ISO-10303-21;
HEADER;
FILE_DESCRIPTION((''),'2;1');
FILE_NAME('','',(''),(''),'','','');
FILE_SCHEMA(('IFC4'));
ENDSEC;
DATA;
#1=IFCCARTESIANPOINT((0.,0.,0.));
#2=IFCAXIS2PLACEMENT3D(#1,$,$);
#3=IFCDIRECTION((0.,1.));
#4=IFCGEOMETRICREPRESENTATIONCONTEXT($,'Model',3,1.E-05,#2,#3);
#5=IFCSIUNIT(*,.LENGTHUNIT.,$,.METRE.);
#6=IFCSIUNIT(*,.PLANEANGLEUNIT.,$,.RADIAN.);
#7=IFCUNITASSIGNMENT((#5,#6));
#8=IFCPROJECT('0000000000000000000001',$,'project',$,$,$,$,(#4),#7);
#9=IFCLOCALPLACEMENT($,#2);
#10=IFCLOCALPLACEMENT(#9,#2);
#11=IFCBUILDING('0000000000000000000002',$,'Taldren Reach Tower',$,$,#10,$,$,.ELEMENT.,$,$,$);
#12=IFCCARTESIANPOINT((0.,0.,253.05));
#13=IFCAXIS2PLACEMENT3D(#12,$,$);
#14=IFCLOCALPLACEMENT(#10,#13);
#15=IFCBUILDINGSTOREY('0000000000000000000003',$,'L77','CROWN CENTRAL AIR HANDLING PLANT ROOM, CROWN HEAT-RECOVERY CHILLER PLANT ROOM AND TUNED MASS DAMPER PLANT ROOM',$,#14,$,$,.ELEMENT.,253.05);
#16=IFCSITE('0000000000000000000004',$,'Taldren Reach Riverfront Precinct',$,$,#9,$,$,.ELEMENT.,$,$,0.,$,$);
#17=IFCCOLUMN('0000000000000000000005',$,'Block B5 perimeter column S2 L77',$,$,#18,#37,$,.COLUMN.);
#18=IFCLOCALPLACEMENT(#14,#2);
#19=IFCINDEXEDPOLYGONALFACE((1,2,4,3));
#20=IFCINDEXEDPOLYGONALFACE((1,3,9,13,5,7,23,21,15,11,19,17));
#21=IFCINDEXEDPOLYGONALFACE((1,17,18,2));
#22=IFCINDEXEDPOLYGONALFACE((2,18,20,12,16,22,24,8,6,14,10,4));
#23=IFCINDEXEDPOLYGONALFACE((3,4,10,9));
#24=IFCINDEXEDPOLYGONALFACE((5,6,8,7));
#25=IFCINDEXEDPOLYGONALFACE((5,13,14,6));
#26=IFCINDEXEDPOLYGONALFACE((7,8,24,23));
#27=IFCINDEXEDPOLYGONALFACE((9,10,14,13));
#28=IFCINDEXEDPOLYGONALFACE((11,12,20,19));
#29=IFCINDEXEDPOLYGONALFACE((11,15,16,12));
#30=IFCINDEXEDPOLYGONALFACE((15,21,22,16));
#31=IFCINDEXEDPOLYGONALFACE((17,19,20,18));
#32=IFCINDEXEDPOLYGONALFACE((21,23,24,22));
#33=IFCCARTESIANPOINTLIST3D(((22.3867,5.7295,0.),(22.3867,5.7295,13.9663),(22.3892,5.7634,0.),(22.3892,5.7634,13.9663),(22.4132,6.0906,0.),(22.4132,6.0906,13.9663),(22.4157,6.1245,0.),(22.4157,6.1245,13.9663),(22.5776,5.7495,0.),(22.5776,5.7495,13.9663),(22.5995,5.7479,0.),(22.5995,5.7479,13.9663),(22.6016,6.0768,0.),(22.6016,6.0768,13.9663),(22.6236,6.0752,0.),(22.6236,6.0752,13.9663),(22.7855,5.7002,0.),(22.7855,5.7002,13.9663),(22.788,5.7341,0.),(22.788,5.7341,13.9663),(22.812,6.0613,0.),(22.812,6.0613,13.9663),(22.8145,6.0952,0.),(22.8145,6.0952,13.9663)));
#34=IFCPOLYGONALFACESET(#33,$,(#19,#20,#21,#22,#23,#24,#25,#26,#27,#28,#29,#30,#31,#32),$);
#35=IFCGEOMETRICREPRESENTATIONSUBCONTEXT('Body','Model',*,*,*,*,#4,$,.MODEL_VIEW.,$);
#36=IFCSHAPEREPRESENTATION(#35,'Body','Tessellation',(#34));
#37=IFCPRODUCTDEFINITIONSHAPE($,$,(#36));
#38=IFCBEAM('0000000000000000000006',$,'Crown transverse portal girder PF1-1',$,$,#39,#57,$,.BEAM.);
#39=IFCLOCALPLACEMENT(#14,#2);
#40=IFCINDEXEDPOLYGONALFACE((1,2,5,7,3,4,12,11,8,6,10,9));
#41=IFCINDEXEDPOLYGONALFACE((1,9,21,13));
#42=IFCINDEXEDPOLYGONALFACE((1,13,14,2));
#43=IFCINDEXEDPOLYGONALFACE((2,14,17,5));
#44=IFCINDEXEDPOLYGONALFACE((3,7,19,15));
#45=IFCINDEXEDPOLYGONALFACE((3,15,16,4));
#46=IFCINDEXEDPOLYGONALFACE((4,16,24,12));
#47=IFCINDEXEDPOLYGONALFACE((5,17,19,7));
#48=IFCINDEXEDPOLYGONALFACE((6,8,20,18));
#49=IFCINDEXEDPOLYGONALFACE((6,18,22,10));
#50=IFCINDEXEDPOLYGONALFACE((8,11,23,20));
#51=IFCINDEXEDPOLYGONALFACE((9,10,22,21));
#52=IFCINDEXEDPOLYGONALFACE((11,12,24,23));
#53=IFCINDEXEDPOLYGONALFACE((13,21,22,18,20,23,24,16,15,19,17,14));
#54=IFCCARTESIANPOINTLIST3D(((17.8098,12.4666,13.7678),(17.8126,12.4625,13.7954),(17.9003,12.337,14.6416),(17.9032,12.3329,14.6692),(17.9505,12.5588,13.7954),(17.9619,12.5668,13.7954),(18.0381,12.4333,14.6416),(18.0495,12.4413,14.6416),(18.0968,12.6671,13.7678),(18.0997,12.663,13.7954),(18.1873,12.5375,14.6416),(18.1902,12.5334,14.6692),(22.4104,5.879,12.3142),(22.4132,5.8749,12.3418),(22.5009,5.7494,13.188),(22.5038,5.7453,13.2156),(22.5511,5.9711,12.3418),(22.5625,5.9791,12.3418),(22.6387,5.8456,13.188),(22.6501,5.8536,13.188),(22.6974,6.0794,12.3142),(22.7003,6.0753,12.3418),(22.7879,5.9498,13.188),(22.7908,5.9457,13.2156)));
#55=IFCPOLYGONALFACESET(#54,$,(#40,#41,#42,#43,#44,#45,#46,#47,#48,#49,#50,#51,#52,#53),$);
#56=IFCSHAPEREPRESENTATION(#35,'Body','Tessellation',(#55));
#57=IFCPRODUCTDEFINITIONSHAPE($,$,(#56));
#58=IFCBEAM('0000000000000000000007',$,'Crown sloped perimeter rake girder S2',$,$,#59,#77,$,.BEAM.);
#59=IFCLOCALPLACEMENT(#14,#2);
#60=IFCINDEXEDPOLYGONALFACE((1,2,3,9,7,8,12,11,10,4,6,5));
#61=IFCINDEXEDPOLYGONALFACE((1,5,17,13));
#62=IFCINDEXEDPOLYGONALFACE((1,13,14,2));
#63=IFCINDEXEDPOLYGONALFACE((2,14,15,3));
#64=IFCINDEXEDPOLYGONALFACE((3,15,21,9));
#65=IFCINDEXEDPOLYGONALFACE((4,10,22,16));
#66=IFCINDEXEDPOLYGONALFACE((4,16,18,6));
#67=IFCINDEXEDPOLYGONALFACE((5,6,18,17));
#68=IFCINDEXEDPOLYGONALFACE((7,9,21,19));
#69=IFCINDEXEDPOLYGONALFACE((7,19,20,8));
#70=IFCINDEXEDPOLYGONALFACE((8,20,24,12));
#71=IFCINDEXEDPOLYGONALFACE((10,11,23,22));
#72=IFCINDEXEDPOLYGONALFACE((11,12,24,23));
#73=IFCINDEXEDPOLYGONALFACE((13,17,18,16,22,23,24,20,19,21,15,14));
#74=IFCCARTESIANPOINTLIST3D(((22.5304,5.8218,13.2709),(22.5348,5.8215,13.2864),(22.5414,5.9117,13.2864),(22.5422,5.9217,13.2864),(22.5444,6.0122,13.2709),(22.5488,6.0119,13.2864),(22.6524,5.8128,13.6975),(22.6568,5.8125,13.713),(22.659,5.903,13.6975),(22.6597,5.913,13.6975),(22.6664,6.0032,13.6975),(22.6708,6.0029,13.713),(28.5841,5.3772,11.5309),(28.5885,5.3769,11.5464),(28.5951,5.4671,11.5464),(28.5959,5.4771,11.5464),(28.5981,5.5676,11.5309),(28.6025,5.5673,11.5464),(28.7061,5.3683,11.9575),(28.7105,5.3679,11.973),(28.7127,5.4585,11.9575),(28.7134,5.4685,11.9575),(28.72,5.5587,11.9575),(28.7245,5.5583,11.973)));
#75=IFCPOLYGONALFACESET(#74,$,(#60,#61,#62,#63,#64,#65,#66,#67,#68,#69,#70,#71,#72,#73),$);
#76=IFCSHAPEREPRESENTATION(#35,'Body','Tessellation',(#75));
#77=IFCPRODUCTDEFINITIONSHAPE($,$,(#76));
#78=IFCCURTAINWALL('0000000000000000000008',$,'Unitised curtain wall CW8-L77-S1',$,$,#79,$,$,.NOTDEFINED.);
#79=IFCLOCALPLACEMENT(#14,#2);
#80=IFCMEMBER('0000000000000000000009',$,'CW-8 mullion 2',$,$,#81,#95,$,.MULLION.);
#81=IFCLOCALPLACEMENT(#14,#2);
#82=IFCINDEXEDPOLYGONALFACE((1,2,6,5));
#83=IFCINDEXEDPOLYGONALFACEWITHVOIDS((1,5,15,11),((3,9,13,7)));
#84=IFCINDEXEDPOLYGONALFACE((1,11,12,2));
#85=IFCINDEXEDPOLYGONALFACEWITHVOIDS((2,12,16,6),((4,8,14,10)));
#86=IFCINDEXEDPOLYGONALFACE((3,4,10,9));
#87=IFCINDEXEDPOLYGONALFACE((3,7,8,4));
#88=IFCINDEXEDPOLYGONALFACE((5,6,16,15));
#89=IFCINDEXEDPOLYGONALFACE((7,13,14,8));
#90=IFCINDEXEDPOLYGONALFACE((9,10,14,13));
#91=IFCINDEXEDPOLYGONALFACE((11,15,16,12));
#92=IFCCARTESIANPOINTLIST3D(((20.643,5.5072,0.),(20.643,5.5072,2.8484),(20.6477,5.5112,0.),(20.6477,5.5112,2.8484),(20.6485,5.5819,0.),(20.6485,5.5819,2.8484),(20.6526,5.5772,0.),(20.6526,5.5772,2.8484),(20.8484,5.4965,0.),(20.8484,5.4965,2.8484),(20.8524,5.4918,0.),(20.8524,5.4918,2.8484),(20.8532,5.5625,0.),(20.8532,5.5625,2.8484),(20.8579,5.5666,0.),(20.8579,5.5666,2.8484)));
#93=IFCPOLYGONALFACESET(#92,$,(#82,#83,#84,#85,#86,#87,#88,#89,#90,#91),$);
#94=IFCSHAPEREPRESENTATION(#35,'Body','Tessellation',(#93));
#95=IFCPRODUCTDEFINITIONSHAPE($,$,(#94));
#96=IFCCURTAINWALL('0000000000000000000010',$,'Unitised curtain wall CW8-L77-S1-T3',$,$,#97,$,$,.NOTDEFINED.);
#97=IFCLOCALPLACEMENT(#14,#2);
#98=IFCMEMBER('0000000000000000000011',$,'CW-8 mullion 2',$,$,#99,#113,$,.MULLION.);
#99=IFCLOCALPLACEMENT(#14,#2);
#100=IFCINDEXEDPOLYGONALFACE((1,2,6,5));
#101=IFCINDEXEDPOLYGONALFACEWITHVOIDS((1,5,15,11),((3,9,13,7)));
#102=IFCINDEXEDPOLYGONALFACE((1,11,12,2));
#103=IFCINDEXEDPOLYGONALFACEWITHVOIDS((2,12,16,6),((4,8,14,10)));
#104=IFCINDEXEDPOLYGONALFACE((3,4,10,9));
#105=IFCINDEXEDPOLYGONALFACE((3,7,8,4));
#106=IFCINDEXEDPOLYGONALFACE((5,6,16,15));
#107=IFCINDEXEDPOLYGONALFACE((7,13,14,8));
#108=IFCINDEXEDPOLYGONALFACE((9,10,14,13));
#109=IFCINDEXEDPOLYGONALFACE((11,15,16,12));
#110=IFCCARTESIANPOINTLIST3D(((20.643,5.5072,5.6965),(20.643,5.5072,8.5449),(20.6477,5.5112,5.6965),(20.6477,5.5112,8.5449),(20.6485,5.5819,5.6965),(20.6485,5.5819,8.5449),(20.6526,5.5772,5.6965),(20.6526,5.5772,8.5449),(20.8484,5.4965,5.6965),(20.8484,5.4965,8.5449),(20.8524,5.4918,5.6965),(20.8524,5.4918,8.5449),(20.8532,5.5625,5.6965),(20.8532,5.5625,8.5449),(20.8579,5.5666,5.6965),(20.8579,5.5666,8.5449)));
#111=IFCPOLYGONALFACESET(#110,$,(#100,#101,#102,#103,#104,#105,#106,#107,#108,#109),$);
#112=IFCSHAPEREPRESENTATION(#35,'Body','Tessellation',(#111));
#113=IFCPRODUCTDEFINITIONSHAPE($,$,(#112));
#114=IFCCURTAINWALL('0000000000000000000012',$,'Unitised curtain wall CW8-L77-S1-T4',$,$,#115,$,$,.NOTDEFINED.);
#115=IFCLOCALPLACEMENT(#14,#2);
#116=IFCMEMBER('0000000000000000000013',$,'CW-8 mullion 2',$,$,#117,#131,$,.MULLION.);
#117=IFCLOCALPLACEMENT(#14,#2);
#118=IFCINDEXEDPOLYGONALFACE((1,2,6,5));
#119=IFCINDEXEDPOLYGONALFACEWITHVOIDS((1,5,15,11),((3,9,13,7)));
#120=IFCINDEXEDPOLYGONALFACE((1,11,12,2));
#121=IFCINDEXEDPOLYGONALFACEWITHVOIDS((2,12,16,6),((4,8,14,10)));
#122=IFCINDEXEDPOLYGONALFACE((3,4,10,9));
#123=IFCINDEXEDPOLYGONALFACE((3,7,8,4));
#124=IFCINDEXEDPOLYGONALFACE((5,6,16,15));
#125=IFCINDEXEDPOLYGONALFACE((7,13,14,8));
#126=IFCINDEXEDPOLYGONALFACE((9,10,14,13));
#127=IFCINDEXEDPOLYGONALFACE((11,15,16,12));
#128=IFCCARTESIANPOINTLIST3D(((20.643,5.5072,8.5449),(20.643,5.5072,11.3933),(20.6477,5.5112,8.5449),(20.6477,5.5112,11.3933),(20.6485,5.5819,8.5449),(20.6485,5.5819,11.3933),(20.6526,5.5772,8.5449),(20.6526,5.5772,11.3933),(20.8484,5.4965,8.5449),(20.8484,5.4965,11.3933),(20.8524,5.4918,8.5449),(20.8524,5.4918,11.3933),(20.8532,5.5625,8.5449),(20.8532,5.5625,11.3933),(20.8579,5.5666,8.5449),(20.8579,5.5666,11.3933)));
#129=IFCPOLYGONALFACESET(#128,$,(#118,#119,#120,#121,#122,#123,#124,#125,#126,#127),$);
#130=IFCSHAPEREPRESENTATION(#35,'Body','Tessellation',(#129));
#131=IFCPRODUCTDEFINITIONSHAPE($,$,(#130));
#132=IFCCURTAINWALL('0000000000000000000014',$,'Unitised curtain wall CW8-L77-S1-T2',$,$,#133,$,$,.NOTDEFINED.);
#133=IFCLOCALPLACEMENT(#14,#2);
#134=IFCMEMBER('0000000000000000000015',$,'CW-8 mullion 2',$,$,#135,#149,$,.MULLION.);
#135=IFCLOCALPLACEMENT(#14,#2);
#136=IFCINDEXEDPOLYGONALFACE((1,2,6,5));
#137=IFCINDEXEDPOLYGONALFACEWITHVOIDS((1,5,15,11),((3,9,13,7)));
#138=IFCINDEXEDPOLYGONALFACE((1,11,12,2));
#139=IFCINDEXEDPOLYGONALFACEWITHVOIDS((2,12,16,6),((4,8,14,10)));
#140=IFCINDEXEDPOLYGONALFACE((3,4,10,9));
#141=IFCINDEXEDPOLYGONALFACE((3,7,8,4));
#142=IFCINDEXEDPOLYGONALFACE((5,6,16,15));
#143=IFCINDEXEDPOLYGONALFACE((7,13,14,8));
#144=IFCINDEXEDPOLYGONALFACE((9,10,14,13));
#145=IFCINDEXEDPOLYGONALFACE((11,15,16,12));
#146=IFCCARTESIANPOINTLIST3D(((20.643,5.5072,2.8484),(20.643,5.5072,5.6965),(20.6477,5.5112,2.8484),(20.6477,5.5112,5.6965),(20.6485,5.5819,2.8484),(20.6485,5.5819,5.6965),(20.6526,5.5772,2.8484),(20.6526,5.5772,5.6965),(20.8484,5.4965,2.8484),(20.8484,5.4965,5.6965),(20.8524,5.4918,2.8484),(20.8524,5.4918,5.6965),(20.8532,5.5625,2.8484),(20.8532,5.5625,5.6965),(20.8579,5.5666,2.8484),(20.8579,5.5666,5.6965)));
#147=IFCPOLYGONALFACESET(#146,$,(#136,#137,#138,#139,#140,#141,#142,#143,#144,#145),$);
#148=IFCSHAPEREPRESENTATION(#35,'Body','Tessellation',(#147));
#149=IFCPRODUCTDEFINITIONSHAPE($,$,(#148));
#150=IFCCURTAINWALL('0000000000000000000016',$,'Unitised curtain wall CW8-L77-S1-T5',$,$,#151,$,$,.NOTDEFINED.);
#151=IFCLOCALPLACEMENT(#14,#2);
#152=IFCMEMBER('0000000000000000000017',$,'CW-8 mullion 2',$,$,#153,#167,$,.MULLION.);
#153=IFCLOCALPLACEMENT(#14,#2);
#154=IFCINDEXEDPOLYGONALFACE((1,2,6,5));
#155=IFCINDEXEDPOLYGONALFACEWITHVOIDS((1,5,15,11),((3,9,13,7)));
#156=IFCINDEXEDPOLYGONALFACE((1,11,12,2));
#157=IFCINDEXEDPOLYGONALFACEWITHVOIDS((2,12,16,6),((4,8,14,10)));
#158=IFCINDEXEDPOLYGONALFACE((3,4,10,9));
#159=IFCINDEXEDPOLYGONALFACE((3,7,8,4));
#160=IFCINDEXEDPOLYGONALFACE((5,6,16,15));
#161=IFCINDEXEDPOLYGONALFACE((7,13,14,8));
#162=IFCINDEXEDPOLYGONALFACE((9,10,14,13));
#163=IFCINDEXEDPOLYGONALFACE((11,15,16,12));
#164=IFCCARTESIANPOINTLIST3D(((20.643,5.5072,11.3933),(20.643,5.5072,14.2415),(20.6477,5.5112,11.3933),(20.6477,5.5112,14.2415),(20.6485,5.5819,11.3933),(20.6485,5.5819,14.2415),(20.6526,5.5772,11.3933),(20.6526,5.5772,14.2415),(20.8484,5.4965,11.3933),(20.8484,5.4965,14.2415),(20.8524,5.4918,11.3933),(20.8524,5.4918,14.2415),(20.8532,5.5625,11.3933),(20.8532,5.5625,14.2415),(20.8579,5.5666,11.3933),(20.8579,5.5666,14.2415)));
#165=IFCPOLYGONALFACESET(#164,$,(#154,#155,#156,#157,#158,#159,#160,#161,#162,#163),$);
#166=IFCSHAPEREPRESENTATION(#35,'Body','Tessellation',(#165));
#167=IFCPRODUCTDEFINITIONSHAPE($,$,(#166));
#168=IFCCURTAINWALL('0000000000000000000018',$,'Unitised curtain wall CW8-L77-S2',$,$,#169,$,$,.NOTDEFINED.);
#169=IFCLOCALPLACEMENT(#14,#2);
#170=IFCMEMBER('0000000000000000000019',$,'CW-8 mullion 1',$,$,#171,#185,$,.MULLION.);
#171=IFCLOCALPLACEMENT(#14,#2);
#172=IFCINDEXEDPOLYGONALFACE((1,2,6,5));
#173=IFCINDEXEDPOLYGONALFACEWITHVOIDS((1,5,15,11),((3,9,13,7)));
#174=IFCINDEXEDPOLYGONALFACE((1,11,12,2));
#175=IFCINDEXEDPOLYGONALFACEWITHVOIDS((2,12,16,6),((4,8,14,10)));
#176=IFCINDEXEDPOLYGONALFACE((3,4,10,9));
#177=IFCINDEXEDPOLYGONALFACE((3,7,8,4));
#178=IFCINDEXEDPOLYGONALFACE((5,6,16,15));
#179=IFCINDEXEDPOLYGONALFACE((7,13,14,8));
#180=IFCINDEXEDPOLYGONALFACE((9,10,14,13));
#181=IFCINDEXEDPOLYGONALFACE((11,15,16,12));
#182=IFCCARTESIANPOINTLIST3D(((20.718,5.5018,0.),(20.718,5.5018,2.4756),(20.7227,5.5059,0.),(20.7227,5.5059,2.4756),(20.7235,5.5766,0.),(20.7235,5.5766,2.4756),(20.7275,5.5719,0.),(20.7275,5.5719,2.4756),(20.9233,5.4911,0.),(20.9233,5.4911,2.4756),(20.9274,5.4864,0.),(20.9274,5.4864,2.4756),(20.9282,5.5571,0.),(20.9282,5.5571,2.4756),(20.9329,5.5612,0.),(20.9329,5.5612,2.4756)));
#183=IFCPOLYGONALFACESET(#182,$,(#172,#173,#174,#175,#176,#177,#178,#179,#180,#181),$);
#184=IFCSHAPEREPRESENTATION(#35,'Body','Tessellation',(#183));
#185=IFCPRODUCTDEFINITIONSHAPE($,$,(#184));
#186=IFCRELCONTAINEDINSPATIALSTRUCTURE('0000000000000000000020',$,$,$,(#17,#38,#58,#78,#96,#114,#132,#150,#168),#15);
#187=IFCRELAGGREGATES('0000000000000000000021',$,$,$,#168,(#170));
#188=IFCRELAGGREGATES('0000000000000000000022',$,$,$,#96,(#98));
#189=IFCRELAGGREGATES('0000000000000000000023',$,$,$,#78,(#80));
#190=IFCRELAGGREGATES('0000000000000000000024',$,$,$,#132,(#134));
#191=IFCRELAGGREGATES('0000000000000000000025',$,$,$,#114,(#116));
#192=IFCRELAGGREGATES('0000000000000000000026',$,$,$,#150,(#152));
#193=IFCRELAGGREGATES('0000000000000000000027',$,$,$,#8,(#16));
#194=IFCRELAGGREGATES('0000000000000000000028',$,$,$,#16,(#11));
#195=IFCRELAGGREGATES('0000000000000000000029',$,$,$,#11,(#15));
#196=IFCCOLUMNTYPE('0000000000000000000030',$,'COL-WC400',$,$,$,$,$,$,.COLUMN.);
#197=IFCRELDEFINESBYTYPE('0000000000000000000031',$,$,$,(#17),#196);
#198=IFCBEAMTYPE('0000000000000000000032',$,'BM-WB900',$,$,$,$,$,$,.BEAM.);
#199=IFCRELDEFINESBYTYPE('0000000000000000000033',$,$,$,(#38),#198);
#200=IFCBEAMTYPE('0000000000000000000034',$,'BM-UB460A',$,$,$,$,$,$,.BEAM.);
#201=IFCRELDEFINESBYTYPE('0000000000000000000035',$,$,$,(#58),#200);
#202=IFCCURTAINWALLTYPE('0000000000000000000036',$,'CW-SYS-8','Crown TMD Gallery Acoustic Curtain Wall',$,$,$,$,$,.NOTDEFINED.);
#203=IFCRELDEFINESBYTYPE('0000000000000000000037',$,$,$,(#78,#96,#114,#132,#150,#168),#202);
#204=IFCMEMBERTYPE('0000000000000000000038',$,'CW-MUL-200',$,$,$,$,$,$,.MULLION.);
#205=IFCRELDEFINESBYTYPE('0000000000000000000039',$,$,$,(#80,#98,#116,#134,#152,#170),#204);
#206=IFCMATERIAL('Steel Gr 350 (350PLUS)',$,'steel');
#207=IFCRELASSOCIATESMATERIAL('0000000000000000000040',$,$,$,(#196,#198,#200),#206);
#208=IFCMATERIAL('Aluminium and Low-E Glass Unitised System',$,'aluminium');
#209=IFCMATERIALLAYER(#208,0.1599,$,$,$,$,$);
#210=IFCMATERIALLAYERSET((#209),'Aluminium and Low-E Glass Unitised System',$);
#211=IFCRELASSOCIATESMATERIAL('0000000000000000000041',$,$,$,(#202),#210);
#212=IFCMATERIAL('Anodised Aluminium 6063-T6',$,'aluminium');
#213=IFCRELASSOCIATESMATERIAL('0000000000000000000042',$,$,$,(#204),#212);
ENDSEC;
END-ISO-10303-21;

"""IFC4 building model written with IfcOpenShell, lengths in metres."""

from ifc_helpers import new_model, si_unit, direction, frame, origin, origin_2d, place, context, subcontext, project, spatial, hollow_rectangle, i_section, extrude, source, transform, mapped, material, layer, layer_set, material_profile, profile_set, type_object, element, aggregate, save


model = new_model("IFC4")

# Units and contexts
model_context = context("Model", 3, precision=1e-05, world=origin(), true_north=direction((0.0, 1.0)))
body_context = subcontext(model_context, "Body", "Model", "MODEL_VIEW")
ifc_project = project(units=[si_unit("LENGTHUNIT", "METRE"), si_unit("PLANEANGLEUNIT", "RADIAN")], contexts=[model_context])

# Site, building, storey
site_placement = place(None, origin())
site = spatial("IfcSite", under=ifc_project, at=site_placement, Name="Taldren Reach Riverfront Precinct", CompositionType="ELEMENT", RefElevation=0.0)
building_placement = place(site_placement, origin())
building = spatial("IfcBuilding", under=site, at=building_placement, Name="Taldren Reach Tower", CompositionType="ELEMENT")
storey_placement = place(building_placement, frame((0.0, 0.0, 253.05)))
storey = spatial("IfcBuildingStorey", under=building, at=storey_placement, Name="L77", Description="CROWN CENTRAL AIR HANDLING PLANT ROOM, CROWN HEAT-RECOVERY CHILLER PLANT ROOM AND TUNED MASS DAMPER PLANT ROOM", CompositionType="ELEMENT", Elevation=253.05)

# Column
ifc_material_1 = material(Name="Steel Gr 350 (350PLUS)", Category="steel")
ifc_material_profile_1 = material_profile(ifc_material_1, i_section(OverallWidth=0.3999, OverallDepth=0.396, WebThickness=0.022, FlangeThickness=0.0339, at=origin_2d()), Name="400WC270")
ifc_profile_set_1 = profile_set([ifc_material_profile_1], Name="Steel Gr 350 (350PLUS)")
column_type = type_object("IfcColumnType", Name="COL-WC400", PredefinedType="COLUMN", material=ifc_profile_set_1)
shared_shape_1 = source(origin(), body_context, "Body", "SweptSolid", [
    extrude(i_section(OverallWidth=0.3999, OverallDepth=0.396, WebThickness=0.022, FlangeThickness=0.0339, at=origin_2d()), origin(), (0.0, 0.0, 1.0), 13.9663),
])
column_placement = place(storey_placement, frame((22.6006, 5.9124, 0.0), z_axis=(0.0, 0.0, 1.0), x_axis=(0.997314, -0.073238, 0.0)))
element("IfcColumn", 1, at=column_placement, inside=storey, type_object=column_type, Name="Block B5 perimeter column S2 L77", PredefinedType="COLUMN", context=body_context, shape_type="MappedRepresentation", body=[
    mapped(shared_shape_1, transform((0.0, 0.0, 0.0), scale=1.0)),
])

# Beams
ifc_material_profile_2 = material_profile(ifc_material_1, i_section(OverallWidth=0.3501, OverallDepth=0.916, WebThickness=0.0139, FlangeThickness=0.0281, at=origin_2d()), Name="900WB257")
ifc_profile_set_2 = profile_set([ifc_material_profile_2], Name="Steel Gr 350 (350PLUS)")
beam_type_1 = type_object("IfcBeamType", Name="BM-WB900", PredefinedType="BEAM", material=ifc_profile_set_2)
shared_shape_2 = source(origin(), body_context, "Body", "SweptSolid", [
    extrude(i_section(OverallWidth=0.3501, OverallDepth=0.916, WebThickness=0.0139, FlangeThickness=0.0281, at=origin_2d()), origin(), (0.0, 0.0, 1.0), 8.1655),
])
beam_1_placement = place(storey_placement, frame((22.6006, 5.9124, 12.7649), z_axis=(-0.563417, 0.806765, 0.178019), x_axis=(-0.819861, -0.572563, 0.0)))
element("IfcBeam", 2, at=beam_1_placement, inside=storey, type_object=beam_type_1, Name="Crown transverse portal girder PF1-1", PredefinedType="BEAM", context=body_context, shape_type="MappedRepresentation", body=[
    mapped(shared_shape_2, transform((0.0, 0.0, 0.0), scale=1.0)),
])
ifc_material_profile_3 = material_profile(ifc_material_1, i_section(OverallWidth=0.1909, OverallDepth=0.46, WebThickness=0.01, FlangeThickness=0.0161, at=origin_2d()), Name="460UB82.1")
ifc_profile_set_3 = profile_set([ifc_material_profile_3], Name="Steel Gr 350 (350PLUS)")
beam_type_2 = type_object("IfcBeamType", Name="BM-UB460A", PredefinedType="BEAM", material=ifc_profile_set_3)
shared_shape_3 = source(origin(), body_context, "Body", "SweptSolid", [
    extrude(i_section(OverallWidth=0.1909, OverallDepth=0.46, WebThickness=0.01, FlangeThickness=0.0161, at=origin_2d()), origin(), (0.0, 0.0, 1.0), 6.3145),
])
beam_2_placement = place(storey_placement, frame((22.6006, 5.9124, 13.4919), z_axis=(0.958703, -0.070406, -0.275556), x_axis=(0.073242, 0.997314, 0.0)))
element("IfcBeam", 3, at=beam_2_placement, inside=storey, type_object=beam_type_2, Name="Crown sloped perimeter rake girder S2", PredefinedType="BEAM", context=body_context, shape_type="MappedRepresentation", body=[
    mapped(shared_shape_3, transform((0.0, 0.0, 0.0), scale=1.0)),
])

# Curtain walls, members
ifc_material_2 = material(Name="Aluminium and Low-E Glass Unitised System", Category="aluminium")
ifc_layer_1 = layer(ifc_material_2, 0.1599)
ifc_layer_set_1 = layer_set([ifc_layer_1], Name="Aluminium and Low-E Glass Unitised System")
curtain_wall_type = type_object("IfcCurtainWallType", Name="CW-SYS-8", Description="Crown TMD Gallery Acoustic Curtain Wall", PredefinedType="NOTDEFINED", material=ifc_layer_set_1)
curtain_wall_1_placement = place(storey_placement, origin())
curtain_wall_1 = element("IfcCurtainWall", 4, at=curtain_wall_1_placement, inside=storey, type_object=curtain_wall_type, Name="Unitised curtain wall CW8-L77-S1", PredefinedType="NOTDEFINED")
ifc_material_3 = material(Name="Anodised Aluminium 6063-T6", Category="aluminium")
ifc_material_profile_4 = material_profile(ifc_material_3, hollow_rectangle(XDim=0.075, YDim=0.21, WallThickness=0.0044, at=origin_2d()), Name="ALU-210x75x4.5RHS")
ifc_profile_set_4 = profile_set([ifc_material_profile_4], Name="Anodised Aluminium 6063-T6")
member_type_1 = type_object("IfcMemberType", Name="CW-MUL-200", PredefinedType="MULLION", material=ifc_profile_set_4)
shared_shape_4 = source(origin(), body_context, "Body", "SweptSolid", [
    extrude(hollow_rectangle(XDim=0.075, YDim=0.21, WallThickness=0.0044, at=origin_2d()), origin(), (0.0, 0.0, 1.0), 2.8484),
])
member_1_placement = place(storey_placement, frame((20.7505, 5.5369, 0.0), z_axis=(0.0, 0.0, 1.0), x_axis=(0.073239, 0.997314, 0.0)))
member_1 = element("IfcMember", 5, at=member_1_placement, type_object=member_type_1, Name="CW-8 mullion 2", PredefinedType="MULLION", context=body_context, shape_type="MappedRepresentation", body=[
    mapped(shared_shape_4, transform((0.0, 0.0, 0.0), scale=1.0)),
])
curtain_wall_2_placement = place(storey_placement, origin())
curtain_wall_2 = element("IfcCurtainWall", 6, at=curtain_wall_2_placement, inside=storey, type_object=curtain_wall_type, Name="Unitised curtain wall CW8-L77-S1-T3", PredefinedType="NOTDEFINED")
member_2_placement = place(storey_placement, frame((20.7505, 5.5369, 5.6965), z_axis=(0.0, 0.0, 1.0), x_axis=(0.073239, 0.997314, 0.0)))
member_2 = element("IfcMember", 7, at=member_2_placement, type_object=member_type_1, Name="CW-8 mullion 2", PredefinedType="MULLION", context=body_context, shape_type="MappedRepresentation", body=[
    mapped(shared_shape_4, transform((0.0, 0.0, 0.0), scale=1.0)),
])
curtain_wall_3_placement = place(storey_placement, origin())
curtain_wall_3 = element("IfcCurtainWall", 8, at=curtain_wall_3_placement, inside=storey, type_object=curtain_wall_type, Name="Unitised curtain wall CW8-L77-S1-T4", PredefinedType="NOTDEFINED")
member_3_placement = place(storey_placement, frame((20.7505, 5.5369, 8.5449), z_axis=(0.0, 0.0, 1.0), x_axis=(0.073239, 0.997314, 0.0)))
member_3 = element("IfcMember", 9, at=member_3_placement, type_object=member_type_1, Name="CW-8 mullion 2", PredefinedType="MULLION", context=body_context, shape_type="MappedRepresentation", body=[
    mapped(shared_shape_4, transform((0.0, 0.0, 0.0), scale=1.0)),
])
curtain_wall_4_placement = place(storey_placement, origin())
curtain_wall_4 = element("IfcCurtainWall", 10, at=curtain_wall_4_placement, inside=storey, type_object=curtain_wall_type, Name="Unitised curtain wall CW8-L77-S1-T2", PredefinedType="NOTDEFINED")
shared_shape_5 = source(origin(), body_context, "Body", "SweptSolid", [
    extrude(hollow_rectangle(XDim=0.075, YDim=0.21, WallThickness=0.0044, at=origin_2d()), origin(), (0.0, 0.0, 1.0), 2.8481),
])
member_4_placement = place(storey_placement, frame((20.7505, 5.5369, 2.8484), z_axis=(0.0, 0.0, 1.0), x_axis=(0.073239, 0.997314, 0.0)))
member_4 = element("IfcMember", 11, at=member_4_placement, type_object=member_type_1, Name="CW-8 mullion 2", PredefinedType="MULLION", context=body_context, shape_type="MappedRepresentation", body=[
    mapped(shared_shape_5, transform((0.0, 0.0, 0.0), scale=1.0)),
])
curtain_wall_5_placement = place(storey_placement, origin())
curtain_wall_5 = element("IfcCurtainWall", 12, at=curtain_wall_5_placement, inside=storey, type_object=curtain_wall_type, Name="Unitised curtain wall CW8-L77-S1-T5", PredefinedType="NOTDEFINED")
member_5_placement = place(storey_placement, frame((20.7505, 5.5369, 11.3933), z_axis=(0.0, 0.0, 1.0), x_axis=(0.073239, 0.997314, 0.0)))
member_5 = element("IfcMember", 13, at=member_5_placement, type_object=member_type_1, Name="CW-8 mullion 2", PredefinedType="MULLION", context=body_context, shape_type="MappedRepresentation", body=[
    mapped(shared_shape_5, transform((0.0, 0.0, 0.0), scale=1.0)),
])
curtain_wall_6_placement = place(storey_placement, origin())
curtain_wall_6 = element("IfcCurtainWall", 14, at=curtain_wall_6_placement, inside=storey, type_object=curtain_wall_type, Name="Unitised curtain wall CW8-L77-S2", PredefinedType="NOTDEFINED")
shared_shape_6 = source(origin(), body_context, "Body", "SweptSolid", [
    extrude(hollow_rectangle(XDim=0.075, YDim=0.21, WallThickness=0.0044, at=origin_2d()), origin(), (0.0, 0.0, 1.0), 2.4756),
])
member_6_placement = place(storey_placement, frame((20.8254, 5.5315, 0.0), z_axis=(0.0, 0.0, 1.0), x_axis=(0.073238, 0.997314, 0.0)))
member_6 = element("IfcMember", 15, at=member_6_placement, type_object=member_type_1, Name="CW-8 mullion 1", PredefinedType="MULLION", context=body_context, shape_type="MappedRepresentation", body=[
    mapped(shared_shape_6, transform((0.0, 0.0, 0.0), scale=1.0)),
])
aggregate(curtain_wall_6, [member_6])

aggregate(curtain_wall_2, [member_2])
aggregate(curtain_wall_1, [member_1])
aggregate(curtain_wall_4, [member_4])
aggregate(curtain_wall_3, [member_3])
aggregate(curtain_wall_5, [member_5])

save(model, "model.ifc")
